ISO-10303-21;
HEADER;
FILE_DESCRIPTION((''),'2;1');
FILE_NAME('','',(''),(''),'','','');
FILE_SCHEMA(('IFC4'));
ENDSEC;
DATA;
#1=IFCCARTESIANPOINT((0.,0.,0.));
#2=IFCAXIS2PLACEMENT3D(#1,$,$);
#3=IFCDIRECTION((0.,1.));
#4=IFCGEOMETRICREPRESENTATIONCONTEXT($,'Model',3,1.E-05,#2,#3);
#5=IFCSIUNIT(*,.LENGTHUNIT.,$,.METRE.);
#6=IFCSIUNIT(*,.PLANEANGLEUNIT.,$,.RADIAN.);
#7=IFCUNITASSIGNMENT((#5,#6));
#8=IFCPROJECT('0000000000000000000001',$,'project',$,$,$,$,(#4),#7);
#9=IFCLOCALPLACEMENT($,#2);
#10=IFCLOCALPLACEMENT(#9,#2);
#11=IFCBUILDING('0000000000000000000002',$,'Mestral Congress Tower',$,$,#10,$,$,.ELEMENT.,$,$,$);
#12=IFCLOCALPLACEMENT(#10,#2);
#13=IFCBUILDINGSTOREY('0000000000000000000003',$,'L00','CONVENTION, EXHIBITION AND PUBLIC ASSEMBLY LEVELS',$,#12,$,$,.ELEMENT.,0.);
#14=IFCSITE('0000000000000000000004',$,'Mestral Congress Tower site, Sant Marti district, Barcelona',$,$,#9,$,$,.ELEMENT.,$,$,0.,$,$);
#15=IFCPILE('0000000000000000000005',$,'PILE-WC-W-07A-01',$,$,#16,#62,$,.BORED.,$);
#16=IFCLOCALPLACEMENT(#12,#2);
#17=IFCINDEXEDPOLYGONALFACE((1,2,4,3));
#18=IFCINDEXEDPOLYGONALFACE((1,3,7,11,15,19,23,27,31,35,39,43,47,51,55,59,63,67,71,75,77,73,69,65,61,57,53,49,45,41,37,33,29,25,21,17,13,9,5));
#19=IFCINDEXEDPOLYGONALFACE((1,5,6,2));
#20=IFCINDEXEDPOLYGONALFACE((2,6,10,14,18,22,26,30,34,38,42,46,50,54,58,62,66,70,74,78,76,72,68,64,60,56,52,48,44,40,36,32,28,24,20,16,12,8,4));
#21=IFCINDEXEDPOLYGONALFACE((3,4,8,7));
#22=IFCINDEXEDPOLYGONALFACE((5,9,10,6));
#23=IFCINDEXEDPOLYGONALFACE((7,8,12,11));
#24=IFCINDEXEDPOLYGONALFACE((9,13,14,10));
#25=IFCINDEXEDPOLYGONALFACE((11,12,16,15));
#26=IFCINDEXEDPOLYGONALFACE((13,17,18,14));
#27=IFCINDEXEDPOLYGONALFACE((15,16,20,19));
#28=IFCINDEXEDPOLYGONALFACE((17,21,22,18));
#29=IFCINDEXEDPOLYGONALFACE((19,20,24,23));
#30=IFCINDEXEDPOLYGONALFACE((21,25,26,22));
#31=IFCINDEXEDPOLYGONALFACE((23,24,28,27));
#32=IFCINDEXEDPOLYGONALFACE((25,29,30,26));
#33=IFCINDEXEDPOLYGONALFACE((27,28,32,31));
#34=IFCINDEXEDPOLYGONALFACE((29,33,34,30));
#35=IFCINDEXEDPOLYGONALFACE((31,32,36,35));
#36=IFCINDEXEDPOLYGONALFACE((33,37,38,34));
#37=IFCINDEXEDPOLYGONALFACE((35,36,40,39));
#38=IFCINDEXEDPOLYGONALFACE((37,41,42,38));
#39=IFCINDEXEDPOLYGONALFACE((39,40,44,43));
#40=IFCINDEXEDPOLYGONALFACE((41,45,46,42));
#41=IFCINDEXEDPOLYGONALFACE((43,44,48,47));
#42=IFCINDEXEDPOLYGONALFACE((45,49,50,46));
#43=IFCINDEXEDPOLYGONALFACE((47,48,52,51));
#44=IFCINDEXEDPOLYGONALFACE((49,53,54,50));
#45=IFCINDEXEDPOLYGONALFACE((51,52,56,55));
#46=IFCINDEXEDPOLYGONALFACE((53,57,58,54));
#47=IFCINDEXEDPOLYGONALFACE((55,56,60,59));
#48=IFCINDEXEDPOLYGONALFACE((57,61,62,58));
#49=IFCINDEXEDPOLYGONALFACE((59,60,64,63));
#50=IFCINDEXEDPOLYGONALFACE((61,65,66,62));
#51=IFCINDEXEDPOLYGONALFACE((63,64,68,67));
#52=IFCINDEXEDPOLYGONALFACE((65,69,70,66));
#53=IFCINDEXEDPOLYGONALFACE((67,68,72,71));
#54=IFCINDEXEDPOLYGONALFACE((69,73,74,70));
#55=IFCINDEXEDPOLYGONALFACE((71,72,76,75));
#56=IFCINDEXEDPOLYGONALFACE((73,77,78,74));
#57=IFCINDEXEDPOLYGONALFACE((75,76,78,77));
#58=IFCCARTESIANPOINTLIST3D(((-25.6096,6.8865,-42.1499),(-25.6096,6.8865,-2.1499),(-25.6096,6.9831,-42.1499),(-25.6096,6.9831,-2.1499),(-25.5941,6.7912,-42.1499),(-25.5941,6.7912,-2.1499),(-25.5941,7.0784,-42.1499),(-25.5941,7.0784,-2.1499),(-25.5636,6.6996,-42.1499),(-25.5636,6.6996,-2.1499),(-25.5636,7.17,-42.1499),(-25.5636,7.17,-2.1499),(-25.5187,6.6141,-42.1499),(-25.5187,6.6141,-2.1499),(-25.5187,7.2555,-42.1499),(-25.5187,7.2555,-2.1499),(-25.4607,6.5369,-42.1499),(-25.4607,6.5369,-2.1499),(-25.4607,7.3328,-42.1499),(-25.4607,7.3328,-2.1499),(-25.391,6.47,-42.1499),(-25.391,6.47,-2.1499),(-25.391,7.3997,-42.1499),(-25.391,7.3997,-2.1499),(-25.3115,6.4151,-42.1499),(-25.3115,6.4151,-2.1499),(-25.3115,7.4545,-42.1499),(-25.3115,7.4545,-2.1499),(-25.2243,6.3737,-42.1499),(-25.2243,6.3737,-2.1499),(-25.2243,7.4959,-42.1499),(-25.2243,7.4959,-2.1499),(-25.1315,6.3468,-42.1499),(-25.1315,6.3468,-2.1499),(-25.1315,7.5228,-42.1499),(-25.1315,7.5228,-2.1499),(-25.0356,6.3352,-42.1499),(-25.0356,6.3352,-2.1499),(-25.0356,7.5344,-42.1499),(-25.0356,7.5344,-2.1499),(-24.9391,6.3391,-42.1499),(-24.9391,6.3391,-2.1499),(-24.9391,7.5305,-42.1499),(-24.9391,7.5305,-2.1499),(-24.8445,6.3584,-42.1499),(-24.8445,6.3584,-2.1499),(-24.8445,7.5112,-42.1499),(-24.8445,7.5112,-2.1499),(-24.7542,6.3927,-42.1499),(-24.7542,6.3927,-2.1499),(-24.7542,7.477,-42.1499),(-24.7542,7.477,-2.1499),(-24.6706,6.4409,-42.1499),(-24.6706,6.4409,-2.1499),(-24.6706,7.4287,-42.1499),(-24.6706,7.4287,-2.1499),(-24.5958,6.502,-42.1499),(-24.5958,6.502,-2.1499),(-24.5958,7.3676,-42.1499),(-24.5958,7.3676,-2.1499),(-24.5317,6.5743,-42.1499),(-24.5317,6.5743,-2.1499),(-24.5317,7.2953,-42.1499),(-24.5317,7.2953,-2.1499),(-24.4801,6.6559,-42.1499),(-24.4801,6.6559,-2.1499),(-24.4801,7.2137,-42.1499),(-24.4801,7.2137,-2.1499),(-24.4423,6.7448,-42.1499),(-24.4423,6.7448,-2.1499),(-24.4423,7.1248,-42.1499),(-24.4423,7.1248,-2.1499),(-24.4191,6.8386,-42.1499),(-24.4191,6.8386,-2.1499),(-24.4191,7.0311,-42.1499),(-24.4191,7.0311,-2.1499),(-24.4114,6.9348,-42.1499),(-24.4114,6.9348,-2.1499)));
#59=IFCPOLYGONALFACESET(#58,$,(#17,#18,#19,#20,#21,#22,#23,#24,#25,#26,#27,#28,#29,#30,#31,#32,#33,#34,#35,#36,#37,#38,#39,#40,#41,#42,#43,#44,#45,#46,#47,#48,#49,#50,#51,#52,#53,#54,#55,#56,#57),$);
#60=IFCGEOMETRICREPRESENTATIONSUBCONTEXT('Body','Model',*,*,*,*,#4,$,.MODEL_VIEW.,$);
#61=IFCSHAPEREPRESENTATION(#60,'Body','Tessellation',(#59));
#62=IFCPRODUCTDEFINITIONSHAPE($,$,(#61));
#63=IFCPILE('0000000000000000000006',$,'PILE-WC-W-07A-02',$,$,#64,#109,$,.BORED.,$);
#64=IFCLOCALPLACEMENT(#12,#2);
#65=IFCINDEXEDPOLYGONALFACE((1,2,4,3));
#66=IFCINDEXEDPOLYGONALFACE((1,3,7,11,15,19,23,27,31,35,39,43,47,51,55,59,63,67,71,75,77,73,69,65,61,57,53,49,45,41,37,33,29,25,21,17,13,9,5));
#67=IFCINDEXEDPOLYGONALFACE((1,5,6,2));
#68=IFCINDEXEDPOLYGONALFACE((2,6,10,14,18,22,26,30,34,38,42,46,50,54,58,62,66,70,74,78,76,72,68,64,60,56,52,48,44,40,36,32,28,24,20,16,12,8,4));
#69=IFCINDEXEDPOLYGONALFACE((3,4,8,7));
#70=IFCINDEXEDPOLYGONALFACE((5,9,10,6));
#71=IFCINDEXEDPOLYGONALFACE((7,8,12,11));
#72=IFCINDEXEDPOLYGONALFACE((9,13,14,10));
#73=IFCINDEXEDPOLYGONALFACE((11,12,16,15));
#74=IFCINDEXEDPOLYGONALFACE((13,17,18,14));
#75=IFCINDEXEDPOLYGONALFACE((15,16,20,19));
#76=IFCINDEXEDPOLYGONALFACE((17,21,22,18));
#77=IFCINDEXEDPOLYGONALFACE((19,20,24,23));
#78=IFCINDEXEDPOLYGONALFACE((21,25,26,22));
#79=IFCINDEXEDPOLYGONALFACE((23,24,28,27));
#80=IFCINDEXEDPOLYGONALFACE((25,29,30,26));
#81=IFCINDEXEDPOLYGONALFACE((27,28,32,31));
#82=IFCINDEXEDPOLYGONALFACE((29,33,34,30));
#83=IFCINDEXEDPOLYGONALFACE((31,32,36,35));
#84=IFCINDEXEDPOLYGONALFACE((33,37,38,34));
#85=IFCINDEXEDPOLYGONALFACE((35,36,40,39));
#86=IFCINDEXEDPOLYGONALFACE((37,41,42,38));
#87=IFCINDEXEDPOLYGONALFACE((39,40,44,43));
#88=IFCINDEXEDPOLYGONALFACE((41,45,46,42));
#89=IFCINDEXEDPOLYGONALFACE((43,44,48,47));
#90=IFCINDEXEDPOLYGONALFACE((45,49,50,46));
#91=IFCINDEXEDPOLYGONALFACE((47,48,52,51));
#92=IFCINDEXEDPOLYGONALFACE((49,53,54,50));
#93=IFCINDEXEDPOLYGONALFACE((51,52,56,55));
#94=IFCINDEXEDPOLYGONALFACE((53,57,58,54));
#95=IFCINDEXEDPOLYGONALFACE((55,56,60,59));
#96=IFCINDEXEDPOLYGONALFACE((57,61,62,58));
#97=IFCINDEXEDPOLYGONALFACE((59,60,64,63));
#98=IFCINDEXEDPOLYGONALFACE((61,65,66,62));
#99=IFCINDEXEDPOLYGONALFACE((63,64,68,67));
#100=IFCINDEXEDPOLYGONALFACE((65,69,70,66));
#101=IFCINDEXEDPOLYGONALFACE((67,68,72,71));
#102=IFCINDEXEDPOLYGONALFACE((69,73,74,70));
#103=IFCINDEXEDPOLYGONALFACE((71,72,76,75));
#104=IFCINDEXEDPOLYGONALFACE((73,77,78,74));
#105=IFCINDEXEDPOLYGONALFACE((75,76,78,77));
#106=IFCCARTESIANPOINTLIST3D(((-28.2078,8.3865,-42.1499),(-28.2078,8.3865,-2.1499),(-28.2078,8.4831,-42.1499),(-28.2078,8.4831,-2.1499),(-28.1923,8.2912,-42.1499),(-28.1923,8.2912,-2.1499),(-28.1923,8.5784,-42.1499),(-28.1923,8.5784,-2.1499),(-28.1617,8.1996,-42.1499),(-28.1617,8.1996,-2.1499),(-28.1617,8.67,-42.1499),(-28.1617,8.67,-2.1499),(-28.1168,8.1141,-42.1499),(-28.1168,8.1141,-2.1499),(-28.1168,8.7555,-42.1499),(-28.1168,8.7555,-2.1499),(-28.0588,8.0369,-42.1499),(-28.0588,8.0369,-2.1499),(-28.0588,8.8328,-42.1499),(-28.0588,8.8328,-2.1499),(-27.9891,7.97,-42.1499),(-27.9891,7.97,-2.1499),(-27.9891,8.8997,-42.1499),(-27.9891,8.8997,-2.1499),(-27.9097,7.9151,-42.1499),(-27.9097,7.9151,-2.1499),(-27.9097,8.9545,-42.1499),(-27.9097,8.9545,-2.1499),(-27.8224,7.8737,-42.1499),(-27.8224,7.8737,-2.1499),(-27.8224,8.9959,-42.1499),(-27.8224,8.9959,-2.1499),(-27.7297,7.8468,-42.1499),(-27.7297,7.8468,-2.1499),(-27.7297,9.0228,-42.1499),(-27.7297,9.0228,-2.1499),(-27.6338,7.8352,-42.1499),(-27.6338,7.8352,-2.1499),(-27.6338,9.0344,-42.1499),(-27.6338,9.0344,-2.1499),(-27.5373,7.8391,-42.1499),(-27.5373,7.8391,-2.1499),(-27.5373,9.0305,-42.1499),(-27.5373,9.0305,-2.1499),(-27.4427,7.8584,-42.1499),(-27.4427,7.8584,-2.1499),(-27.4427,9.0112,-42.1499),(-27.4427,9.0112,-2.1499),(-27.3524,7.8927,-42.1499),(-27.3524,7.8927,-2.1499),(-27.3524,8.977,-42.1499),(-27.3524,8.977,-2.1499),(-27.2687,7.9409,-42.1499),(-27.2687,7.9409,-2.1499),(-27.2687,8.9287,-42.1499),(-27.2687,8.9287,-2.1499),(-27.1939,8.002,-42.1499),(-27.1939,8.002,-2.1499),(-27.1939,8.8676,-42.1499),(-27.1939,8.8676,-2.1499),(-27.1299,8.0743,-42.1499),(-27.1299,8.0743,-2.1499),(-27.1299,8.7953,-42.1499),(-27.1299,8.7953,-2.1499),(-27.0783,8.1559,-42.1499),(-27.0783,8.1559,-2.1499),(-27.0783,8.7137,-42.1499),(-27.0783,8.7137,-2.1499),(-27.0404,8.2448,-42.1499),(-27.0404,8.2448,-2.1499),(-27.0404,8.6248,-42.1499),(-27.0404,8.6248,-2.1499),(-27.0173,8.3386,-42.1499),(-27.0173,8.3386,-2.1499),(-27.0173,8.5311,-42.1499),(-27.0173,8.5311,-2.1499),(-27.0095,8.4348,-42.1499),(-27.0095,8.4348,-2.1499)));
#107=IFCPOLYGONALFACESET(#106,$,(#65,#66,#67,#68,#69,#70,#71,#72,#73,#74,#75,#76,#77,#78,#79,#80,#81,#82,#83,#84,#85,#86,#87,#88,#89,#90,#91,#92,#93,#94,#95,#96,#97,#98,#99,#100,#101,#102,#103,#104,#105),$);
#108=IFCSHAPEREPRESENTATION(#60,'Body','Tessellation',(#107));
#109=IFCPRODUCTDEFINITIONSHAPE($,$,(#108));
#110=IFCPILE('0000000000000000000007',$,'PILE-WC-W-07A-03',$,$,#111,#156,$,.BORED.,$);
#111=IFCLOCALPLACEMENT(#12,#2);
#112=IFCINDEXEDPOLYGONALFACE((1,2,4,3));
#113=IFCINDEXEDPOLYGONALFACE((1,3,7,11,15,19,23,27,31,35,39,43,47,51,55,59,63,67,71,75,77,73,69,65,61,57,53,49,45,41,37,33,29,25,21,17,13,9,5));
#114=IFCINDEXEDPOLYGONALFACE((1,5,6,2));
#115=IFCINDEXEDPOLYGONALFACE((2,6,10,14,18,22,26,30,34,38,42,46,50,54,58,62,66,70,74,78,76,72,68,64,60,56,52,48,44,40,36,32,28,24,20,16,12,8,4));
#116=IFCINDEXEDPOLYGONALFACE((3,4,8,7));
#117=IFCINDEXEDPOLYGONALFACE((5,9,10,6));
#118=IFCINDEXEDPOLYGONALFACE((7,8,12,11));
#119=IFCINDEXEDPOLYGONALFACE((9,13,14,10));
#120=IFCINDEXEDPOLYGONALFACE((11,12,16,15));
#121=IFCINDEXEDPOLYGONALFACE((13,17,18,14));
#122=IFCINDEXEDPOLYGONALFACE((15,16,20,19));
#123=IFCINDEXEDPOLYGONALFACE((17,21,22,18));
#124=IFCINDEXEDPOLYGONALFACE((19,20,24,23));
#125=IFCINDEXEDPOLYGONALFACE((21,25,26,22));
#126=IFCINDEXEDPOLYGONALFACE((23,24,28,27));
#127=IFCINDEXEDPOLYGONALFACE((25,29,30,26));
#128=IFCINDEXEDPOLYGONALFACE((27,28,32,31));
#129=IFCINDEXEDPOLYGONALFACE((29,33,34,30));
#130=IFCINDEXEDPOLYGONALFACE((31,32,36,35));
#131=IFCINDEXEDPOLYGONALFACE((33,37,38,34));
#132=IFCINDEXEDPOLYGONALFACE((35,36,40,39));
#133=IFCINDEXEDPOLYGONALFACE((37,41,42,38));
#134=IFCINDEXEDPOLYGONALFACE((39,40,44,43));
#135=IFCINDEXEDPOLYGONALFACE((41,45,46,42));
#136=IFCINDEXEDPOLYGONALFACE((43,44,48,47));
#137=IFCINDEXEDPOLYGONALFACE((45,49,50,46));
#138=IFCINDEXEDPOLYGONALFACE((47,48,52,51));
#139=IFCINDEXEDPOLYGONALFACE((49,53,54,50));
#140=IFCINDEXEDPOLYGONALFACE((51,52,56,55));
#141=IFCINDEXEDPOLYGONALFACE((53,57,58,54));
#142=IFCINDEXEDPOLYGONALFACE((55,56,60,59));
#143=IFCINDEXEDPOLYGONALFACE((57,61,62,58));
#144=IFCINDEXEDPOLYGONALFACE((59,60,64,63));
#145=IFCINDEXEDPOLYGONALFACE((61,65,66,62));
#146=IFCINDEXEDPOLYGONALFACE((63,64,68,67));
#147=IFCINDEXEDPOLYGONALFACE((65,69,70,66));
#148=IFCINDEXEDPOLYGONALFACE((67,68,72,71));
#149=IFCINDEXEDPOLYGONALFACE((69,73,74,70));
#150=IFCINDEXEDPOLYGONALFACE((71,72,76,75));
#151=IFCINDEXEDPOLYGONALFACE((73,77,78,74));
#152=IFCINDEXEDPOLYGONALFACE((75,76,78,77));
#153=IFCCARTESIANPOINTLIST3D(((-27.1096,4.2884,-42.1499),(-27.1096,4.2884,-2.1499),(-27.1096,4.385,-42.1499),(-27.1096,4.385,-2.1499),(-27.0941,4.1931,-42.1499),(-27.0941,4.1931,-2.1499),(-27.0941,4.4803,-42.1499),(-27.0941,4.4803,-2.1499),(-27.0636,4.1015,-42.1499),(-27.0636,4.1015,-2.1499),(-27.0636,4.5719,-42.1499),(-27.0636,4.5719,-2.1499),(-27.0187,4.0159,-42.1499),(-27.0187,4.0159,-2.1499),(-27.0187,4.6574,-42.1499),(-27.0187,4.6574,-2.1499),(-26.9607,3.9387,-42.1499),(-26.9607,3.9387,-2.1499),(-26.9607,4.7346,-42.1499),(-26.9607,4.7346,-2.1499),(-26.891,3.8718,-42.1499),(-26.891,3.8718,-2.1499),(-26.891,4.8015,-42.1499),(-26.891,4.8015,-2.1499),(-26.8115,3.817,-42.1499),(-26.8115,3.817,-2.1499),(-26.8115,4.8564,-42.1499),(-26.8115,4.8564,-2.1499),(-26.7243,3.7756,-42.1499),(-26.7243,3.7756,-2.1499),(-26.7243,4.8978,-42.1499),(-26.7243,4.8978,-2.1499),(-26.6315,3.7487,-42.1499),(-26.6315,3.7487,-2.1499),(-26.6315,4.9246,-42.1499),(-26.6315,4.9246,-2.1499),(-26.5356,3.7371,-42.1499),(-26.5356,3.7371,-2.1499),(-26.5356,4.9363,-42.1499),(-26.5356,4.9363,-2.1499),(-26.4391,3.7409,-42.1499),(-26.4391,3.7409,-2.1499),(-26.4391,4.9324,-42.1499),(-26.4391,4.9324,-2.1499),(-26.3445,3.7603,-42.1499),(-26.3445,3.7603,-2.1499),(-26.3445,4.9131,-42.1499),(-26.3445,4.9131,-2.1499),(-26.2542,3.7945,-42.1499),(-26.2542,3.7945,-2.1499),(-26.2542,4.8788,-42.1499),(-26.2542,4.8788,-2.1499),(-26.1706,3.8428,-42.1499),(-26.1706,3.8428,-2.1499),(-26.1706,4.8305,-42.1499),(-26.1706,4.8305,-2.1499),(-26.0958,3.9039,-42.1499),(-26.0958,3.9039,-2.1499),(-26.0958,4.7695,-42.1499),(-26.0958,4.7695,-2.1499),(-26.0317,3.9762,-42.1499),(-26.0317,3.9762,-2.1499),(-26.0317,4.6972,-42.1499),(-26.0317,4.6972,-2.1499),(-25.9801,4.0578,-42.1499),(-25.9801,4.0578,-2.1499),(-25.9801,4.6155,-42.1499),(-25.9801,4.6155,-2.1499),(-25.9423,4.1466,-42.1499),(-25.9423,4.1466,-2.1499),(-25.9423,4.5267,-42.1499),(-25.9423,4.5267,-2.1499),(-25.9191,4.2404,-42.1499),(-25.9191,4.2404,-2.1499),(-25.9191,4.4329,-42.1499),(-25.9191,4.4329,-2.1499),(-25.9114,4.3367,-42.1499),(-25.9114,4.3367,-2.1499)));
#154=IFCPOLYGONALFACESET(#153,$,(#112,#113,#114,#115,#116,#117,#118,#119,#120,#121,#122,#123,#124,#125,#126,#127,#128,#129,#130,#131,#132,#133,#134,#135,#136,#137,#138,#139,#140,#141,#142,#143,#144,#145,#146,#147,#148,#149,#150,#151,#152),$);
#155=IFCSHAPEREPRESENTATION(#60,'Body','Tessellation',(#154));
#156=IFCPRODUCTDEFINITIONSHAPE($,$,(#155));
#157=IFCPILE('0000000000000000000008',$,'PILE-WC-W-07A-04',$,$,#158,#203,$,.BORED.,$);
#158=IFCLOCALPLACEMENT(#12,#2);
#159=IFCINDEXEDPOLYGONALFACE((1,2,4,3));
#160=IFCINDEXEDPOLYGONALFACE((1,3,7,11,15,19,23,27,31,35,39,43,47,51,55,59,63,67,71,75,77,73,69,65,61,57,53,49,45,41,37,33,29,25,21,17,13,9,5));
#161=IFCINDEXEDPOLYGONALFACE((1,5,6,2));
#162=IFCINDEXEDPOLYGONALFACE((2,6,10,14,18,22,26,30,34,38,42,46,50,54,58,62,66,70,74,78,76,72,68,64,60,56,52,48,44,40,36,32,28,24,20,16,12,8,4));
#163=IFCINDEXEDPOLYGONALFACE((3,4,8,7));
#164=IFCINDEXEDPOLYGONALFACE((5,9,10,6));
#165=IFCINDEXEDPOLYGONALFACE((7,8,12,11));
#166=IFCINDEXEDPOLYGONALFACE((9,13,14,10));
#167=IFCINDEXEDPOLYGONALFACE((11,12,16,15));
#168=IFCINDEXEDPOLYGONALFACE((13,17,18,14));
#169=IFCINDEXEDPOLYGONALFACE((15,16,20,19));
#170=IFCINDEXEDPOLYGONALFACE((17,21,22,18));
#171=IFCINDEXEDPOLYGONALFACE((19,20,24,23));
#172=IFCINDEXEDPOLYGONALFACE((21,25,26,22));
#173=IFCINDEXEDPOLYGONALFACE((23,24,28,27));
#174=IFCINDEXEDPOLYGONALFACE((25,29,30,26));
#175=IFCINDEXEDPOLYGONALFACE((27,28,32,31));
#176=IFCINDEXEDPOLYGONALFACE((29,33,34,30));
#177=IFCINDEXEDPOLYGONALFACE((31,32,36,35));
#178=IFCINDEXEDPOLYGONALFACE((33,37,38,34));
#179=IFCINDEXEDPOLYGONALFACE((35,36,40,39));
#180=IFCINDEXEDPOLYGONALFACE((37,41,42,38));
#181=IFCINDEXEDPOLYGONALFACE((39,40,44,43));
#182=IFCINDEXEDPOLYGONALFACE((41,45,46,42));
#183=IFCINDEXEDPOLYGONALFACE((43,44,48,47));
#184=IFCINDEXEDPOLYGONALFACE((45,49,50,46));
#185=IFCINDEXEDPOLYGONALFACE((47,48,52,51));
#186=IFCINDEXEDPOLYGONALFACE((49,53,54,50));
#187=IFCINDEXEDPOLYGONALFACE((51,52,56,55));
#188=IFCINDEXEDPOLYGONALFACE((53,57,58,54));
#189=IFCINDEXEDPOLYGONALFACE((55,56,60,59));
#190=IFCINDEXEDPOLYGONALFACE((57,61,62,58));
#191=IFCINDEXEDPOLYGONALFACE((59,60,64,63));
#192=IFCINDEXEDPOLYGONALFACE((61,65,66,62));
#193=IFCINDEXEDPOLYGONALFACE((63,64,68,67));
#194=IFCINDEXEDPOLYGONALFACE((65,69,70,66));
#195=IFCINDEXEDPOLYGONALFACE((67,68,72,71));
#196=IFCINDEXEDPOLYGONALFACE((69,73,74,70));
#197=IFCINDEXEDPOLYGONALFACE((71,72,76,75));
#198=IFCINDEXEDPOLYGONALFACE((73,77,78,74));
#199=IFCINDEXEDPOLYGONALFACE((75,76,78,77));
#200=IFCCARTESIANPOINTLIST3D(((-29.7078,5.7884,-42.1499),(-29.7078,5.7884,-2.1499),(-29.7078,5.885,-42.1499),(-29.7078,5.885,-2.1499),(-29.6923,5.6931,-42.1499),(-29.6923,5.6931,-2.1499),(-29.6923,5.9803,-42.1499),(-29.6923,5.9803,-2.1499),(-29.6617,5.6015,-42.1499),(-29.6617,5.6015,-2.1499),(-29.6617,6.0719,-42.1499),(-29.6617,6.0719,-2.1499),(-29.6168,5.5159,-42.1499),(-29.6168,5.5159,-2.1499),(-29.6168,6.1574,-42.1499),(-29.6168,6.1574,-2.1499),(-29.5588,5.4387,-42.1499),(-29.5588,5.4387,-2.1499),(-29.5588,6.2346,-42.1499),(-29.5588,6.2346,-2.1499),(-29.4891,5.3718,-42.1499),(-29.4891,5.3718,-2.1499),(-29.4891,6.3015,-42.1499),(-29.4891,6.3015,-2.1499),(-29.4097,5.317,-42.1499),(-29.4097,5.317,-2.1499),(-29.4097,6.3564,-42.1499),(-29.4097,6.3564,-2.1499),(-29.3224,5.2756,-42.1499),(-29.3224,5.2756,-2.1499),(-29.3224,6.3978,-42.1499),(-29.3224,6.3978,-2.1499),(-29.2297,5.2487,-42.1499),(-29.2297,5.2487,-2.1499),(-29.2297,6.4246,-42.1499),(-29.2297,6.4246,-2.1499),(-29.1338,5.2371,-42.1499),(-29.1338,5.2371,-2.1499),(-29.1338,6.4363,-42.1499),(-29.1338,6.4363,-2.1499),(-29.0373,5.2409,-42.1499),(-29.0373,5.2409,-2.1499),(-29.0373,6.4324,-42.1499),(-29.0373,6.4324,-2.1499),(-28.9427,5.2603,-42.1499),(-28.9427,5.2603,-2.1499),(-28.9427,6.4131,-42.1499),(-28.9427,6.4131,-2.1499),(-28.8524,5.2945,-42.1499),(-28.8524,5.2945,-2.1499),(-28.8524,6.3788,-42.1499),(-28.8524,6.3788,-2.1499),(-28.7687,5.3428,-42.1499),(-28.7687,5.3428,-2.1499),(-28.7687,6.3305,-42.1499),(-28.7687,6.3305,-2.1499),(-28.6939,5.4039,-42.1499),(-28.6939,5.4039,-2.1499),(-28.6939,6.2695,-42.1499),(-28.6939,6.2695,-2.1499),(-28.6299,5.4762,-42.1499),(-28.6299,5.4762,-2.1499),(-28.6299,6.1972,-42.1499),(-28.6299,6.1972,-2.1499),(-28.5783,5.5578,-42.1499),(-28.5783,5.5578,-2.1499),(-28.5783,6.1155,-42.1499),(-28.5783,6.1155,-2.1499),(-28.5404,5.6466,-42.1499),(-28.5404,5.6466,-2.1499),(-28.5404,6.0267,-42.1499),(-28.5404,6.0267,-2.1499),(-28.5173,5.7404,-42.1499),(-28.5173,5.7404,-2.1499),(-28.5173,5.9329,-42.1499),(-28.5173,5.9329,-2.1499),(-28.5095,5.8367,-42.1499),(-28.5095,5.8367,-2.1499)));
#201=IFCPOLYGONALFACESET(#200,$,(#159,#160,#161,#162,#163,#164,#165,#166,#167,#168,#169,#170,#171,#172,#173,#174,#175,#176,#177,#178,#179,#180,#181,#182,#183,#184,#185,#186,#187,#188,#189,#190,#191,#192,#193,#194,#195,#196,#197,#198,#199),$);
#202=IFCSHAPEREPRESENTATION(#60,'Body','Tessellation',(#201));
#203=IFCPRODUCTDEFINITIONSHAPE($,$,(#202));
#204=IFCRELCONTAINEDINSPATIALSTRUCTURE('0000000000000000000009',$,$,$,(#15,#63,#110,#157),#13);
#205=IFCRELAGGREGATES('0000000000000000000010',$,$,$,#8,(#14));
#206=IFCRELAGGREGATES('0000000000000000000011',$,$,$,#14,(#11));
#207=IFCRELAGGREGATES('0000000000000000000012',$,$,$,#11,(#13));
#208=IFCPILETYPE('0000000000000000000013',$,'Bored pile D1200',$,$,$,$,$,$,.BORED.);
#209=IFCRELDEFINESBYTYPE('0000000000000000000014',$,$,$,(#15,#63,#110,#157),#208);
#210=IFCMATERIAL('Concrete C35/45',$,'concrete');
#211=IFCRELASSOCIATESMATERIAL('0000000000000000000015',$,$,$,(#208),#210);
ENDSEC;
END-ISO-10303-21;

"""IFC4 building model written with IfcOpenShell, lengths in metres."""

from ifc_helpers import new_model, si_unit, direction, frame, origin, origin_2d, place, context, subcontext, project, spatial, circle, extrude, material, material_profile, profile_set, type_object, element, save


model = new_model("IFC4")

# Units and contexts
model_context = context("Model", 3, precision=1e-05, world=origin(), true_north=direction((0.0, 1.0)))
body_context = subcontext(model_context, "Body", "Model", "MODEL_VIEW")
ifc_project = project(units=[si_unit("LENGTHUNIT", "METRE"), si_unit("PLANEANGLEUNIT", "RADIAN")], contexts=[model_context])

# Site, building, storey
site_placement = place(None, origin())
site = spatial("IfcSite", under=ifc_project, at=site_placement, Name="Mestral Congress Tower site, Sant Marti district, Barcelona", CompositionType="ELEMENT", RefElevation=0.0)
building_placement = place(site_placement, origin())
building = spatial("IfcBuilding", under=site, at=building_placement, Name="Mestral Congress Tower", CompositionType="ELEMENT")
storey_placement = place(building_placement, origin())
storey = spatial("IfcBuildingStorey", under=building, at=storey_placement, Name="L00", Description="CONVENTION, EXHIBITION AND PUBLIC ASSEMBLY LEVELS", CompositionType="ELEMENT", Elevation=0.0)

# Piles
ifc_material_1 = material(Name="Concrete C35/45", Category="concrete")
ifc_material_profile_1 = material_profile(ifc_material_1, circle(Radius=0.6001, at=origin_2d()), Name="D1200")
ifc_profile_set_1 = profile_set([ifc_material_profile_1], Name="Concrete C35/45")
pile_type_1 = type_object("IfcPileType", Name="Bored pile D1200", PredefinedType="BORED", material=ifc_profile_set_1)
for number, where, z_axis, x_axis, name in (
    (1, (-25.0115, 6.9348, -2.1499), (0.0, 0.0, -1.0), (1.0, 0.0, 0.0), "PILE-WC-W-07A-01"),
    (2, (-27.6096, 8.4348, -2.1499), (0.0, 0.0, -1.0), (1.0, 0.0, 0.0), "PILE-WC-W-07A-02"),
    (3, (-26.5115, 4.3367, -2.1499), (0.0, 0.0, -1.0), (1.0, 0.0, 0.0), "PILE-WC-W-07A-03"),
    (4, (-29.1096, 5.8367, -2.1499), (0.0, 0.0, -1.0), (1.0, 0.0, 0.0), "PILE-WC-W-07A-04"),
):
    element("IfcPile", number, at=place(storey_placement, frame(where, z_axis=z_axis, x_axis=x_axis)), inside=storey, type_object=pile_type_1, Name=name, PredefinedType="BORED", context=body_context, shape_type="SweptSolid", body=[
        extrude(circle(Radius=0.6001, at=origin_2d()), origin(), (0.0, 0.0, 1.0), 40.0),
    ])

save(model, "model.ifc")
